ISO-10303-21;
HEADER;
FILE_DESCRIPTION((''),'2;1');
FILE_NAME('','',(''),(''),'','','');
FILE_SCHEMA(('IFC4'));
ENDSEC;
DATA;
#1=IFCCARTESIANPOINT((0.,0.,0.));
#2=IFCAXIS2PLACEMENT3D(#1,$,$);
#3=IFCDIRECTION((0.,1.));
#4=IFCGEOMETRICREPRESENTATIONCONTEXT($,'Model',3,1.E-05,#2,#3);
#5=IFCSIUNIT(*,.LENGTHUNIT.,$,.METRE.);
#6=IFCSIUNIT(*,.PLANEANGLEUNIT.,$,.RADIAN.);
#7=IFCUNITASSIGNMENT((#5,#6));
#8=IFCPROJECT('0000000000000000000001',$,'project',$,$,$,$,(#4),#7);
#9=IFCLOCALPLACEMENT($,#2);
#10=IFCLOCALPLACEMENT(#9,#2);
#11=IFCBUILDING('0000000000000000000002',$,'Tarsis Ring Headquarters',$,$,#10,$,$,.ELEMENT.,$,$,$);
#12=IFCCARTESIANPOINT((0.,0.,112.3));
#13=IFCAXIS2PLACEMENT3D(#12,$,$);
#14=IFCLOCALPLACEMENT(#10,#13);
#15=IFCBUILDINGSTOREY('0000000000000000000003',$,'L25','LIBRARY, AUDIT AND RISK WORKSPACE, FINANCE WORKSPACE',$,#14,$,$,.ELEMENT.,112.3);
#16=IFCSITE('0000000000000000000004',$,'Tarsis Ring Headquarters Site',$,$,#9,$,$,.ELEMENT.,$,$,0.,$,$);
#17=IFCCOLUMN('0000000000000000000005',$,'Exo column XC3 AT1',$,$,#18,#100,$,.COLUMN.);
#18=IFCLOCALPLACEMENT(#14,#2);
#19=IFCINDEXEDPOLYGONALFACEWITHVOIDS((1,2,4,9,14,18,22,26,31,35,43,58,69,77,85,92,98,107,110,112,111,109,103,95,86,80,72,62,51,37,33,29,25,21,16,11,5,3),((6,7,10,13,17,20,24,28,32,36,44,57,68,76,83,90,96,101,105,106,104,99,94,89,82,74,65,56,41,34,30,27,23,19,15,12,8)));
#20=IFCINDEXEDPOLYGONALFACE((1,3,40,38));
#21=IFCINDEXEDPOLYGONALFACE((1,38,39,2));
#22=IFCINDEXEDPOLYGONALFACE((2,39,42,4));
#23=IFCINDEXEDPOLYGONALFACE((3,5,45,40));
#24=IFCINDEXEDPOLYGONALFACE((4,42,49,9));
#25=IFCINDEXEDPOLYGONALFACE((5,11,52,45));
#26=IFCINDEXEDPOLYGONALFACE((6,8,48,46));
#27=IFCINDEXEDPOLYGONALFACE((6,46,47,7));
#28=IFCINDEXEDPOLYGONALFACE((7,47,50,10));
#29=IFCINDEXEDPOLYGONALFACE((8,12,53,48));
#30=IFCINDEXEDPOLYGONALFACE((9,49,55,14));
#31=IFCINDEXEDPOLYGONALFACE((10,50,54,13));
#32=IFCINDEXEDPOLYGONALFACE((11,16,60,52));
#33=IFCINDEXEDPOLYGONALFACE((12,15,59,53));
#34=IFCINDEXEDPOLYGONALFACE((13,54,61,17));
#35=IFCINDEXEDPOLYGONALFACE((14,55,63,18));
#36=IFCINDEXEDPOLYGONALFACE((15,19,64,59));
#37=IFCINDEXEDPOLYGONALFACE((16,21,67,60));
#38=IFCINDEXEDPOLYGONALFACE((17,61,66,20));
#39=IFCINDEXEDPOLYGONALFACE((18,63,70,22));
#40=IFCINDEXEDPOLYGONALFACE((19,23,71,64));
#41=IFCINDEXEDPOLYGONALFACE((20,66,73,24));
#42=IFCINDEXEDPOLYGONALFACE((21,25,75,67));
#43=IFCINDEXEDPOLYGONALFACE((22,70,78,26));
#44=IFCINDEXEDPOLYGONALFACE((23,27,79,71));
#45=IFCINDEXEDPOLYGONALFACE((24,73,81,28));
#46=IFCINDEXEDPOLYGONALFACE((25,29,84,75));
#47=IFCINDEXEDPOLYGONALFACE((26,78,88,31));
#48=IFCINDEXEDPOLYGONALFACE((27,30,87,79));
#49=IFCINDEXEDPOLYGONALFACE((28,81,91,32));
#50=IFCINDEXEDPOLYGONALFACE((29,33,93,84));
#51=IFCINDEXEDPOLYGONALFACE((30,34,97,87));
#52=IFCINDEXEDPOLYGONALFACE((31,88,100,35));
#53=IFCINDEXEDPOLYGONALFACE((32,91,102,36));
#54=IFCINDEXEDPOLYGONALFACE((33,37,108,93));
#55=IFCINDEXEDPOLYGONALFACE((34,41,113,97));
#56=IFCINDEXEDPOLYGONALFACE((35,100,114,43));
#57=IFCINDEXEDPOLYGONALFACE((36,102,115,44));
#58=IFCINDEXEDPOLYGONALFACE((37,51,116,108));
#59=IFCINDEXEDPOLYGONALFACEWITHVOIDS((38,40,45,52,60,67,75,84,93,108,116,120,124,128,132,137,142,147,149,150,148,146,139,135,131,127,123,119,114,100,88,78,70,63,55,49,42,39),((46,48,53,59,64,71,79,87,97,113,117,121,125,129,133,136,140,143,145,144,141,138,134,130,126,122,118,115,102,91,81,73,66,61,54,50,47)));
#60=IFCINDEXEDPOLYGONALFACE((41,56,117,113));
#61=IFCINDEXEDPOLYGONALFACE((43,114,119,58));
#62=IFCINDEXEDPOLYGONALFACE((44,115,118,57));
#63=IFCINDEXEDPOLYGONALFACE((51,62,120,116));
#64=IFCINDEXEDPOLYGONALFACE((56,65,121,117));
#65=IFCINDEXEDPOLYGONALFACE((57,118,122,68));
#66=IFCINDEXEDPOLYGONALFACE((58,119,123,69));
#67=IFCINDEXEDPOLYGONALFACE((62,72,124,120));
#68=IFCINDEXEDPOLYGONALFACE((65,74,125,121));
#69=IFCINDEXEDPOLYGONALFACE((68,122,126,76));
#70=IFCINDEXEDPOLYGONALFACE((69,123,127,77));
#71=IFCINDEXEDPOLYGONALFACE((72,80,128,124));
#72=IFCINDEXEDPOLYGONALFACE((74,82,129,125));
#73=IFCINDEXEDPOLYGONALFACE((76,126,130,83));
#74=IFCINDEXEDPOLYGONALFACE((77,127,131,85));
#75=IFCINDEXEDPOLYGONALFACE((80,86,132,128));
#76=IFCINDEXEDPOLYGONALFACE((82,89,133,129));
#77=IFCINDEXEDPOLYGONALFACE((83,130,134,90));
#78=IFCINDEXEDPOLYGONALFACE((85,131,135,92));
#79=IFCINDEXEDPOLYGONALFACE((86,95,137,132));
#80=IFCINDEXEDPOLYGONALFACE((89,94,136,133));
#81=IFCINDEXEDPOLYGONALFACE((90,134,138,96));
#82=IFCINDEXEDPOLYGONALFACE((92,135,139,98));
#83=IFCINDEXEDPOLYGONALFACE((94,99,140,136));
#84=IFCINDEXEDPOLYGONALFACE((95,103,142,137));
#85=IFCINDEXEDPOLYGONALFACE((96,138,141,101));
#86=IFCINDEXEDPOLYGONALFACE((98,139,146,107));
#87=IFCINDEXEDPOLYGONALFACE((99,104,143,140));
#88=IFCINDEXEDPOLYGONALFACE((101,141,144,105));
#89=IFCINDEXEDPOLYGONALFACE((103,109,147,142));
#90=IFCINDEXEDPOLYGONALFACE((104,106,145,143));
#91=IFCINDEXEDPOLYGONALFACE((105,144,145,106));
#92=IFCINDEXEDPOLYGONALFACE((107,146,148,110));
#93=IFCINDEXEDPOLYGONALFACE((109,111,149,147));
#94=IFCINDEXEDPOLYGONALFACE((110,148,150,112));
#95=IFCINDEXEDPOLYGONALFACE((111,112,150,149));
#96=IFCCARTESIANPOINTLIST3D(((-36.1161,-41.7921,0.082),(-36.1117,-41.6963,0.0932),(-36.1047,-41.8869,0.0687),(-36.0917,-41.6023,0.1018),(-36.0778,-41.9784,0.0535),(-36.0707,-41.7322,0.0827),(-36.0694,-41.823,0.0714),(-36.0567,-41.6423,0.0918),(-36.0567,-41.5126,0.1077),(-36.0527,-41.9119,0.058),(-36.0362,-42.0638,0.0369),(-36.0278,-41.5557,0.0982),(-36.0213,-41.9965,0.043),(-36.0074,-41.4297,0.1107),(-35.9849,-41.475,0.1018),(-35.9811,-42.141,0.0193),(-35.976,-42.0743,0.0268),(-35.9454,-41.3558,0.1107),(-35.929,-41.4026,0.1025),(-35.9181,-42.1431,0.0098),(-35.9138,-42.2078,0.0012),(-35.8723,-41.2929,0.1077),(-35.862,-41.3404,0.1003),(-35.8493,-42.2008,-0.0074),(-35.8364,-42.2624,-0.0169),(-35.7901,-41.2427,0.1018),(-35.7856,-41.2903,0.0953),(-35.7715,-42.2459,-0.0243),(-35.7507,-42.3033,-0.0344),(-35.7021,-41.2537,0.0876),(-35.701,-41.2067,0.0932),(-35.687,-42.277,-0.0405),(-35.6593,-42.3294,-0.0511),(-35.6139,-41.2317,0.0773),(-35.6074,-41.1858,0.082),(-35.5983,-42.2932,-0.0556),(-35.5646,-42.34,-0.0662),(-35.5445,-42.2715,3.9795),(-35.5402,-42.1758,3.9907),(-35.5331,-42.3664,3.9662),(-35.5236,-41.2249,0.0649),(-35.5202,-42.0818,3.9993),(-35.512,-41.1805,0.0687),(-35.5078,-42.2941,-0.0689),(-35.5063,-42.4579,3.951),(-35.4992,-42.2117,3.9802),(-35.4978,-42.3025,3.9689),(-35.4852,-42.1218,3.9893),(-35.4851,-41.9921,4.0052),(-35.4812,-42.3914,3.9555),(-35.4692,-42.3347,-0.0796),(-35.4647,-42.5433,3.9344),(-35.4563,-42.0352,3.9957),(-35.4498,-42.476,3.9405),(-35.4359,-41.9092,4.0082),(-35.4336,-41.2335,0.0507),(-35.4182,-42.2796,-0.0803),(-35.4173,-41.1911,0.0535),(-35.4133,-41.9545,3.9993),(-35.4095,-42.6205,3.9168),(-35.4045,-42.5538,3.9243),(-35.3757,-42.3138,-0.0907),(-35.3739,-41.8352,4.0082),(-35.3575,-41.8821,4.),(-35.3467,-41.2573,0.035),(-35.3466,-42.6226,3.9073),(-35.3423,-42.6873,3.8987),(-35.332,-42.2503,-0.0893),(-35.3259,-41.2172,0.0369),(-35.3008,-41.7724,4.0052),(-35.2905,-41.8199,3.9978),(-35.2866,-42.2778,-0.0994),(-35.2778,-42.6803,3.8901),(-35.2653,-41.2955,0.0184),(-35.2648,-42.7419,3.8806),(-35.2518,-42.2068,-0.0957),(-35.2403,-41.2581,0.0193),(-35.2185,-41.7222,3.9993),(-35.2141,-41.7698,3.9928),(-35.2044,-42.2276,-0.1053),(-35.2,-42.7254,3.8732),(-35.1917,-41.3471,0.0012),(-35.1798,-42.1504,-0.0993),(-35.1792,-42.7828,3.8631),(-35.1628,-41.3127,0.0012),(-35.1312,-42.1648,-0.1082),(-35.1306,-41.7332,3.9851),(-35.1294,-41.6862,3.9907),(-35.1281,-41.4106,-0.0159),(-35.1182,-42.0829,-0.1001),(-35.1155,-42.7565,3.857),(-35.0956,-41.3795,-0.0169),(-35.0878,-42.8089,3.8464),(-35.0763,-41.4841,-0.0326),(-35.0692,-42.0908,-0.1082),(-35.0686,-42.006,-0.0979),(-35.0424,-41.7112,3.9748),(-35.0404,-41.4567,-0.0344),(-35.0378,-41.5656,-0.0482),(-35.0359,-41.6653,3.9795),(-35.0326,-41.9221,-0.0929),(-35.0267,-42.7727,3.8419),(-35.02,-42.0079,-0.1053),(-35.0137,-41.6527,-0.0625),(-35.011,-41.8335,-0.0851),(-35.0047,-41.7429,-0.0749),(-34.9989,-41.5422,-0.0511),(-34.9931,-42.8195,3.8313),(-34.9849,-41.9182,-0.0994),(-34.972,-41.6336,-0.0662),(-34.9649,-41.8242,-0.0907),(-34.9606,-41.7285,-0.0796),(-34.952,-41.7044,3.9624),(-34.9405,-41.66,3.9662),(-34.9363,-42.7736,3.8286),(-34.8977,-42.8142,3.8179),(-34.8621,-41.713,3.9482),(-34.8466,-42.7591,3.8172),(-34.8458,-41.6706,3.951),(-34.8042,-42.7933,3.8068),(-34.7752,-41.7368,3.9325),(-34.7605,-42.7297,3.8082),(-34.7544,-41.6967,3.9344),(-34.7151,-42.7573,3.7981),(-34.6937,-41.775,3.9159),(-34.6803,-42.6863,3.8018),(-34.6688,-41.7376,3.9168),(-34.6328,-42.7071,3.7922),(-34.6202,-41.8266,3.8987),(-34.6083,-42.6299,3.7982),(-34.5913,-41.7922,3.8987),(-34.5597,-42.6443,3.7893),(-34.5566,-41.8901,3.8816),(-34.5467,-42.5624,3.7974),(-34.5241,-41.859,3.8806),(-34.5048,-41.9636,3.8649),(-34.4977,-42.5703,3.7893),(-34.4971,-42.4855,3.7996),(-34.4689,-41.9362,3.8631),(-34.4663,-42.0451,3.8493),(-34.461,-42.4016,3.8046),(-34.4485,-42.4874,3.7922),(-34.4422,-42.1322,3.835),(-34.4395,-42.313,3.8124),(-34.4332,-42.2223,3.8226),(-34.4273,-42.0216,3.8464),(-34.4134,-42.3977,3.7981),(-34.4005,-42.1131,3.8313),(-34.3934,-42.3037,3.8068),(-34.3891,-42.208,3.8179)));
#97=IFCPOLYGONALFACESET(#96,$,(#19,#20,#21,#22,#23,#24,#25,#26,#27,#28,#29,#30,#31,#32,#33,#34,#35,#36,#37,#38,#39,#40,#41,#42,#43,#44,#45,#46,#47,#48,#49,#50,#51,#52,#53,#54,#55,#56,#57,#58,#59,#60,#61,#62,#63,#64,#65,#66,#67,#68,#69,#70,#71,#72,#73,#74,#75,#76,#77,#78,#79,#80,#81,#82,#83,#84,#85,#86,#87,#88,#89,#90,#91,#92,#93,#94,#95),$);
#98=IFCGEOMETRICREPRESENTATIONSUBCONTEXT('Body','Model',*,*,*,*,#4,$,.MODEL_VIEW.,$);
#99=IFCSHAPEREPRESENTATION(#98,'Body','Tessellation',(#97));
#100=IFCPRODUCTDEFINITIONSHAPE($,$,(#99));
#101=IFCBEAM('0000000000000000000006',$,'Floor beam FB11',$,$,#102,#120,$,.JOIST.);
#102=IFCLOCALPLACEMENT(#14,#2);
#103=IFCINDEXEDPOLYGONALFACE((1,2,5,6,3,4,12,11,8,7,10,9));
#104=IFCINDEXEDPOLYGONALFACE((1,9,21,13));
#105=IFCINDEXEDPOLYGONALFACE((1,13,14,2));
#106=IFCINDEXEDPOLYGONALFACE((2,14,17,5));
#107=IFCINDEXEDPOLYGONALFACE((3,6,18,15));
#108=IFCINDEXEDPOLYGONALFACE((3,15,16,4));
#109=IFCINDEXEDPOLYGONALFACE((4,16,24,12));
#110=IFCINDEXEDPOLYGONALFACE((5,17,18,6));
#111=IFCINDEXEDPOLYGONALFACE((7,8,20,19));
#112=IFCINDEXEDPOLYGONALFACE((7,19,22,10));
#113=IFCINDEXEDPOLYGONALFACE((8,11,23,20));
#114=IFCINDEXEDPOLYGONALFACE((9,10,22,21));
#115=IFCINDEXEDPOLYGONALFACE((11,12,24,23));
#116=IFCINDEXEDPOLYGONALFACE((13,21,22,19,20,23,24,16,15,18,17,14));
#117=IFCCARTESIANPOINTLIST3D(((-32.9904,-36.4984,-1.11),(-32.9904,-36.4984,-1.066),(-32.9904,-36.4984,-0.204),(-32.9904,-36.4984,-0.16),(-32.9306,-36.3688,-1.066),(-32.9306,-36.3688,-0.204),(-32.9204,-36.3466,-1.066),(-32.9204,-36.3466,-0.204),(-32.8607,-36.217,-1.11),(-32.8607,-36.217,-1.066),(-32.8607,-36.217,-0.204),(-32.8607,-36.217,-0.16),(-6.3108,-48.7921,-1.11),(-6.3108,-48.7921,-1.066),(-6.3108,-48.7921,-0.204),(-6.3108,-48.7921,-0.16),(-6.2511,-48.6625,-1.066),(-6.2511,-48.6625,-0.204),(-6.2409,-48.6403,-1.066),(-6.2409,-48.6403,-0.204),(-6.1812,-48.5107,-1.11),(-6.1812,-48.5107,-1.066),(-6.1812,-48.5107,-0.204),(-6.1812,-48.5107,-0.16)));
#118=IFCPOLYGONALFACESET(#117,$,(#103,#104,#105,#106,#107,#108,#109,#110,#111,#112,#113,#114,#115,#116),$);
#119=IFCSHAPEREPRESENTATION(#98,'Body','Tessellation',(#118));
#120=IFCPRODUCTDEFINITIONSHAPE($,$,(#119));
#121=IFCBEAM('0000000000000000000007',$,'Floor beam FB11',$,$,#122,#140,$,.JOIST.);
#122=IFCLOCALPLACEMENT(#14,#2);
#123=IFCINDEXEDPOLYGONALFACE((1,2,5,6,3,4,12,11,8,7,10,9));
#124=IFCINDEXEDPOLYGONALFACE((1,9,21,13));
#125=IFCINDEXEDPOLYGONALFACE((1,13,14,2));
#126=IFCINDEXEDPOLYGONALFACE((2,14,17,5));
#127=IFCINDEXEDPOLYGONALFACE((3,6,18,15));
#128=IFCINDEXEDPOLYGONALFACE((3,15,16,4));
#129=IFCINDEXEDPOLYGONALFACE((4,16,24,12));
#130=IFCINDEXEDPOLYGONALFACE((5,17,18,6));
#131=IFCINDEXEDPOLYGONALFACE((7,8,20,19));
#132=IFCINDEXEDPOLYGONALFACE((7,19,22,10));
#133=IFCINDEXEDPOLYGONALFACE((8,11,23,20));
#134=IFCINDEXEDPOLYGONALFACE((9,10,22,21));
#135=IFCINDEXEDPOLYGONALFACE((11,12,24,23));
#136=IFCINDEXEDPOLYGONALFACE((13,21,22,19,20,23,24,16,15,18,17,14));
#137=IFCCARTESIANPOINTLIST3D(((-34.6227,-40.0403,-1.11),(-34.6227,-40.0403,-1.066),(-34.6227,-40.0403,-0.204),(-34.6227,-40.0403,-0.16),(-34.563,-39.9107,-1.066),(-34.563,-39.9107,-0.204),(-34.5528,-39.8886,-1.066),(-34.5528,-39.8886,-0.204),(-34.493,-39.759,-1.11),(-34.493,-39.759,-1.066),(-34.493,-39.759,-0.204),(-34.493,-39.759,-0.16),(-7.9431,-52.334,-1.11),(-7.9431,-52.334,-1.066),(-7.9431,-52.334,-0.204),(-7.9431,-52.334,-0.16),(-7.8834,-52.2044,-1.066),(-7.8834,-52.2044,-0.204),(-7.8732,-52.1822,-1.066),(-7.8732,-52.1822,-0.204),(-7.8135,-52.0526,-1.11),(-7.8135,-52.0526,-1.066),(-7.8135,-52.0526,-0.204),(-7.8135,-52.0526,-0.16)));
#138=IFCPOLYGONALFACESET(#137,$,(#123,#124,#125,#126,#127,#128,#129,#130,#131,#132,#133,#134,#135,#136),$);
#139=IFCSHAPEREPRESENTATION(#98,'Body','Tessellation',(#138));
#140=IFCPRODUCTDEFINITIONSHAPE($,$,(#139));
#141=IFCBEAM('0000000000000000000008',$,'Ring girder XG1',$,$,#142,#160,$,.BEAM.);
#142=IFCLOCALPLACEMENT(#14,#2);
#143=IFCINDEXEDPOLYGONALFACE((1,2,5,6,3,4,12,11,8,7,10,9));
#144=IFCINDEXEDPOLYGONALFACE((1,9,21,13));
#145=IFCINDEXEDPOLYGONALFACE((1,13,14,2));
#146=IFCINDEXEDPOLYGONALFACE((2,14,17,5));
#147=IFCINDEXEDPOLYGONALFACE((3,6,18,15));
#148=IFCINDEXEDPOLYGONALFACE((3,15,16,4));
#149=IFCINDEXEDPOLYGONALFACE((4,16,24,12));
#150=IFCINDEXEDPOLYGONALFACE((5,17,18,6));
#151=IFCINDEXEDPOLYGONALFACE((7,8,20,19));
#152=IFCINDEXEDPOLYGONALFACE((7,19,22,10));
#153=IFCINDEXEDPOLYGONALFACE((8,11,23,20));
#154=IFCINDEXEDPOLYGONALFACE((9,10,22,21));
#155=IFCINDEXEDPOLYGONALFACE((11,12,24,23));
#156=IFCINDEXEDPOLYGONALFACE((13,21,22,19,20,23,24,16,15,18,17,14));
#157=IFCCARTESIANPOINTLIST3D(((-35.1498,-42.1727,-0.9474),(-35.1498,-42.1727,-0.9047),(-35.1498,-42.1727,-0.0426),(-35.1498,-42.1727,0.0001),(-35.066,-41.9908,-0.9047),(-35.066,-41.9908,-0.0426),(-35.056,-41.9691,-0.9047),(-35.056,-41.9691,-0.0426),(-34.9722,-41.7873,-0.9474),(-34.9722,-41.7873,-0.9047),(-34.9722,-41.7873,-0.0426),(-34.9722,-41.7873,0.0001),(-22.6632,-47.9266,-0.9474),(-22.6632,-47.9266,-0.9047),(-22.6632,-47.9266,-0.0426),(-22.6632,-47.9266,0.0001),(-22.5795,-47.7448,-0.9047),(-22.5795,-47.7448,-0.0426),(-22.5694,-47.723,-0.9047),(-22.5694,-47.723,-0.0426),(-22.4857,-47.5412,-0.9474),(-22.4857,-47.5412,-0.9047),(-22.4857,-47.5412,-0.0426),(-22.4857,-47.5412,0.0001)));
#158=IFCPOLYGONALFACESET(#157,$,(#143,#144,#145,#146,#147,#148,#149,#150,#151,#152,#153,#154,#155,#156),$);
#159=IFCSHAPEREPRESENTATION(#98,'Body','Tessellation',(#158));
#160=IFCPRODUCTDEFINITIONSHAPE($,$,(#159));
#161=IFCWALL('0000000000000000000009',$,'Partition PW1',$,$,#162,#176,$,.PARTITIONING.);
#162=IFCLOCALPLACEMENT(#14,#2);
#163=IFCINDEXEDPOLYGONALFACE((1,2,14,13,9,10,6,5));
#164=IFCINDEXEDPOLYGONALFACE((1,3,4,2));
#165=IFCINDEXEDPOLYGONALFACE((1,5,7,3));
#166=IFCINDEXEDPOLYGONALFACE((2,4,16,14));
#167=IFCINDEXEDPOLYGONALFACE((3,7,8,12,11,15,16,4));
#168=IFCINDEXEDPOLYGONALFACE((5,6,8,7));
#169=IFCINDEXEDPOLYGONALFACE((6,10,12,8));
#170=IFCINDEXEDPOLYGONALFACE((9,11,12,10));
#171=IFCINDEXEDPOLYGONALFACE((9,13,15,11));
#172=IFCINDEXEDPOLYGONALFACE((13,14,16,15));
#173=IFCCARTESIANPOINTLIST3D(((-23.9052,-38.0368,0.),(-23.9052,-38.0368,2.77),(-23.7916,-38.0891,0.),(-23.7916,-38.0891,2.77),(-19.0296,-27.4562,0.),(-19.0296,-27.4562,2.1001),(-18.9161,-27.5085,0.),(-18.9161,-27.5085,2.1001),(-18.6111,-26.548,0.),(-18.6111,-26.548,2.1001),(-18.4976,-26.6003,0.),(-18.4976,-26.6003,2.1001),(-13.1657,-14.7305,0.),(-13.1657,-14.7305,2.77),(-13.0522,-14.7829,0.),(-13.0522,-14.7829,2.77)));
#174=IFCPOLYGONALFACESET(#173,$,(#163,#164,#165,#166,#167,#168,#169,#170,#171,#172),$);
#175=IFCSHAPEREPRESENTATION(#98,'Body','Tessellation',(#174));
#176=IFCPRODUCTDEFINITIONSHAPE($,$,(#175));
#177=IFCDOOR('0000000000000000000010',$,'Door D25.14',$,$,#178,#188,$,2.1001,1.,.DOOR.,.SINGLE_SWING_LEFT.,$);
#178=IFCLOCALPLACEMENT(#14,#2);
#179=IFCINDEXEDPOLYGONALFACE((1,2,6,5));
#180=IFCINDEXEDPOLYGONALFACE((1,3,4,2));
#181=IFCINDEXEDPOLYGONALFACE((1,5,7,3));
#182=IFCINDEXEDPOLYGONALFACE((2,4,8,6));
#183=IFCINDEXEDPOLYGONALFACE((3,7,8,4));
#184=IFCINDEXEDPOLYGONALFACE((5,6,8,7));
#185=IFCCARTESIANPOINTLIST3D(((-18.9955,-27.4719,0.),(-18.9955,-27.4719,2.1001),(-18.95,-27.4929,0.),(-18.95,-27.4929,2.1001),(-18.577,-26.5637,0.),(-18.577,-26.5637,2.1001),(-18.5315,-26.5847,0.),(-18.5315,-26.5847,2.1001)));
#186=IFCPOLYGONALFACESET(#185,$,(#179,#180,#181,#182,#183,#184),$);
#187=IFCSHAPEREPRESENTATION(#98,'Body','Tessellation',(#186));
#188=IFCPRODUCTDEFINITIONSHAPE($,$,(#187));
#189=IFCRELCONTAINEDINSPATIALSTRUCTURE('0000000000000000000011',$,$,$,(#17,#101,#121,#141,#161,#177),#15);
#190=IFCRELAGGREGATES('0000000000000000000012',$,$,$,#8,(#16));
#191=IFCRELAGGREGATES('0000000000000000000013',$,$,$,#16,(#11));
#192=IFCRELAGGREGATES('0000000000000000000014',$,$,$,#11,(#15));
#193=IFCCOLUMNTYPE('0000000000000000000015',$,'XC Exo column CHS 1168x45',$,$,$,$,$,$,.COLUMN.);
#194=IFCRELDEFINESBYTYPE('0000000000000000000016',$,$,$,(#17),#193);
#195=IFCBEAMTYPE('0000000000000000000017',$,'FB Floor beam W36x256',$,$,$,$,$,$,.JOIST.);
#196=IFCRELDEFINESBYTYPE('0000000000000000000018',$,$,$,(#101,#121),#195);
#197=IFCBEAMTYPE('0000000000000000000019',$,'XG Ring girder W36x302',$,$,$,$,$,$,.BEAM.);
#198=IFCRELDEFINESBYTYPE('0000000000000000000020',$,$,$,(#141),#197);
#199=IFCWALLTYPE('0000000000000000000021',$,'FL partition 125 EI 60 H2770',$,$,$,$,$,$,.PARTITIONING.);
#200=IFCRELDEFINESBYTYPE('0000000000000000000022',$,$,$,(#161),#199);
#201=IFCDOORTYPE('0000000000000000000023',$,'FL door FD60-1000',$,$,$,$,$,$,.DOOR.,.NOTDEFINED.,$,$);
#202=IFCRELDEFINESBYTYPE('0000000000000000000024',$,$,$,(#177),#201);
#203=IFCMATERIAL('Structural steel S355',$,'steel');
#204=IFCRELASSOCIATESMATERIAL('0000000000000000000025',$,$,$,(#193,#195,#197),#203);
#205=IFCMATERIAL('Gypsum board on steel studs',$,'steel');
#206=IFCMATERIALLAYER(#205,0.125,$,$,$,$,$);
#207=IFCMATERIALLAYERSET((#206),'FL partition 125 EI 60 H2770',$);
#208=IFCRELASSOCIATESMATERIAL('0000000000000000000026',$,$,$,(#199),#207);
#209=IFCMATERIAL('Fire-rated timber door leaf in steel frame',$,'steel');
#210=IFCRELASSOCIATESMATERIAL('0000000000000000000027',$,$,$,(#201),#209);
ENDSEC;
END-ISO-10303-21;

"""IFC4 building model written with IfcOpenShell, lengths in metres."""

from ifc_helpers import new_model, si_unit, direction, frame, frame_2d, origin, origin_2d, place, context, subcontext, project, spatial, rectangle, hollow_circle, i_section, extrude, material, layer, layer_set, material_profile, profile_set, type_object, element, fill, save


model = new_model("IFC4")

# Units and contexts
model_context = context("Model", 3, precision=1e-05, world=origin(), true_north=direction((0.0, 1.0)))
body_context = subcontext(model_context, "Body", "Model", "MODEL_VIEW")
ifc_project = project(units=[si_unit("LENGTHUNIT", "METRE"), si_unit("PLANEANGLEUNIT", "RADIAN")], contexts=[model_context])

# Site, building, storey
site_placement = place(None, origin())
site = spatial("IfcSite", under=ifc_project, at=site_placement, Name="Tarsis Ring Headquarters Site", CompositionType="ELEMENT", RefElevation=0.0)
building_placement = place(site_placement, origin())
building = spatial("IfcBuilding", under=site, at=building_placement, Name="Tarsis Ring Headquarters", CompositionType="ELEMENT")
storey_placement = place(building_placement, frame((0.0, 0.0, 112.3)))
storey = spatial("IfcBuildingStorey", under=building, at=storey_placement, Name="L25", Description="LIBRARY, AUDIT AND RISK WORKSPACE, FINANCE WORKSPACE", CompositionType="ELEMENT", Elevation=112.3)

# Column
ifc_material_1 = material(Name="Structural steel S355", Category="steel")
ifc_material_profile_1 = material_profile(ifc_material_1, hollow_circle(Radius=0.5842, WallThickness=0.0449, at=origin_2d()), Name="CHS 1168x45")
ifc_profile_set_1 = profile_set([ifc_material_profile_1], Name="Structural steel S355")
column_type = type_object("IfcColumnType", Name="XC Exo column CHS 1168x45", PredefinedType="COLUMN", material=ifc_profile_set_1)
column_placement = place(storey_placement, frame((-35.5383, -41.7603, 0.0012), z_axis=(0.144028, -0.120833, 0.982169), x_axis=(0.642724, 0.766098, 0.0)))
element("IfcColumn", 1, at=column_placement, inside=storey, type_object=column_type, Name="Exo column XC3 AT1", PredefinedType="COLUMN", context=body_context, shape_type="SweptSolid", body=[
    extrude(hollow_circle(Radius=0.5842, WallThickness=0.0449, at=origin_2d()), origin(), (0.0, 0.0, 1.0), 3.9683),
])

# Beams
ifc_material_profile_2 = material_profile(ifc_material_1, i_section(OverallWidth=0.3098, OverallDepth=0.95, WebThickness=0.0244, FlangeThickness=0.0439, at=origin_2d()), Name="W36x256")
ifc_profile_set_2 = profile_set([ifc_material_profile_2], Name="Structural steel S355")
beam_type_1 = type_object("IfcBeamType", Name="FB Floor beam W36x256", PredefinedType="JOIST", material=ifc_profile_set_2)
for number, where, z_axis, x_axis, name in (
    (2, (-32.9255, -36.3577, -0.635), (0.908217, -0.4185, 0.0), (0.4185, 0.908217, 0.0), "Floor beam FB11"),
    (3, (-34.5579, -39.8997, -0.635), (0.908218, -0.418497, 0.0), (0.418497, 0.908218, 0.0), "Floor beam FB11"),
):
    element("IfcBeam", number, at=place(storey_placement, frame(where, z_axis=z_axis, x_axis=x_axis)), inside=storey, type_object=beam_type_1, Name=name, PredefinedType="JOIST", context=body_context, shape_type="SweptSolid", body=[
        extrude(i_section(OverallWidth=0.3098, OverallDepth=0.95, WebThickness=0.0244, FlangeThickness=0.0439, at=origin_2d()), origin(), (0.0, 0.0, 1.0), 29.3757),
    ])
ifc_material_profile_3 = material_profile(ifc_material_1, i_section(OverallWidth=0.4243, OverallDepth=0.9475, WebThickness=0.0239, FlangeThickness=0.0427, at=origin_2d()), Name="W36x302")
ifc_profile_set_3 = profile_set([ifc_material_profile_3], Name="Structural steel S355")
beam_type_2 = type_object("IfcBeamType", Name="XG Ring girder W36x302", PredefinedType="BEAM", material=ifc_profile_set_3)
beam_placement = place(storey_placement, frame((-35.061, -41.98, -0.4736), z_axis=(0.908212, -0.418511, 0.0), x_axis=(0.418511, 0.908212, 0.0)))
element("IfcBeam", 4, at=beam_placement, inside=storey, type_object=beam_type_2, Name="Ring girder XG1", PredefinedType="BEAM", context=body_context, shape_type="SweptSolid", body=[
    extrude(i_section(OverallWidth=0.4243, OverallDepth=0.9475, WebThickness=0.0239, FlangeThickness=0.0427, at=origin_2d()), origin(), (0.0, 0.0, 1.0), 13.7485),
])

# Wall, opening, door
ifc_material_2 = material(Name="Gypsum board on steel studs", Category="steel")
ifc_layer_1 = layer(ifc_material_2, 0.125)
ifc_layer_set_1 = layer_set([ifc_layer_1], Name="FL partition 125 EI 60 H2770")
wall_type_1 = type_object("IfcWallType", Name="FL partition 125 EI 60 H2770", PredefinedType="PARTITIONING", material=ifc_layer_set_1)
wall_1_placement = place(storey_placement, frame((-23.8484, -38.063, 0.0), z_axis=(0.0, 0.0, 1.0), x_axis=(0.418502, 0.908216, 0.0)))
wall_1 = element("IfcWall", 5, at=wall_1_placement, inside=storey, type_object=wall_type_1, Name="Partition PW1", PredefinedType="PARTITIONING", context=body_context, shape_type="SweptSolid", body=[
    extrude(rectangle(XDim=25.6616, YDim=0.125, at=frame_2d((12.8308, 0.0))), origin(), (0.0, 0.0, 1.0), 2.77),
])
opening_1_placement = place(wall_1_placement, frame((11.6499, 0.0, 0.0)))
opening_1 = element("IfcOpeningElement", 6, at=opening_1_placement, cuts=wall_1, PredefinedType="OPENING", context=body_context, shape_type="SweptSolid", body=[
    extrude(rectangle(XDim=1.0, YDim=2.1001, at=frame_2d((0.5, 1.05))), frame((0.0, 0.0725, 0.0), z_axis=(0.0, -1.0, 0.0), x_axis=(1.0, 0.0, 0.0)), (0.0, 0.0, 1.0), 0.145),
])
ifc_material_3 = material(Name="Fire-rated timber door leaf in steel frame", Category="steel")
door_type_1 = type_object("IfcDoorType", Name="FL door FD60-1000", OperationType="NOTDEFINED", PredefinedType="DOOR", material=ifc_material_3)
door_1_placement = place(opening_1_placement, origin())
door_1 = element("IfcDoor", 7, at=door_1_placement, inside=storey, type_object=door_type_1, Name="Door D25.14", OperationType="SINGLE_SWING_LEFT", OverallHeight=2.1001, OverallWidth=1.0, PredefinedType="DOOR", context=body_context, shape_type="SweptSolid", body=[
    extrude(rectangle(XDim=1.0, YDim=2.1001, at=frame_2d((0.5, 1.05))), frame((0.0, 0.0249, 0.0), z_axis=(0.0, -1.0, 0.0), x_axis=(1.0, 0.0, 0.0)), (0.0, 0.0, 1.0), 0.05),
])
fill(opening_1, door_1)

save(model, "model.ifc")
